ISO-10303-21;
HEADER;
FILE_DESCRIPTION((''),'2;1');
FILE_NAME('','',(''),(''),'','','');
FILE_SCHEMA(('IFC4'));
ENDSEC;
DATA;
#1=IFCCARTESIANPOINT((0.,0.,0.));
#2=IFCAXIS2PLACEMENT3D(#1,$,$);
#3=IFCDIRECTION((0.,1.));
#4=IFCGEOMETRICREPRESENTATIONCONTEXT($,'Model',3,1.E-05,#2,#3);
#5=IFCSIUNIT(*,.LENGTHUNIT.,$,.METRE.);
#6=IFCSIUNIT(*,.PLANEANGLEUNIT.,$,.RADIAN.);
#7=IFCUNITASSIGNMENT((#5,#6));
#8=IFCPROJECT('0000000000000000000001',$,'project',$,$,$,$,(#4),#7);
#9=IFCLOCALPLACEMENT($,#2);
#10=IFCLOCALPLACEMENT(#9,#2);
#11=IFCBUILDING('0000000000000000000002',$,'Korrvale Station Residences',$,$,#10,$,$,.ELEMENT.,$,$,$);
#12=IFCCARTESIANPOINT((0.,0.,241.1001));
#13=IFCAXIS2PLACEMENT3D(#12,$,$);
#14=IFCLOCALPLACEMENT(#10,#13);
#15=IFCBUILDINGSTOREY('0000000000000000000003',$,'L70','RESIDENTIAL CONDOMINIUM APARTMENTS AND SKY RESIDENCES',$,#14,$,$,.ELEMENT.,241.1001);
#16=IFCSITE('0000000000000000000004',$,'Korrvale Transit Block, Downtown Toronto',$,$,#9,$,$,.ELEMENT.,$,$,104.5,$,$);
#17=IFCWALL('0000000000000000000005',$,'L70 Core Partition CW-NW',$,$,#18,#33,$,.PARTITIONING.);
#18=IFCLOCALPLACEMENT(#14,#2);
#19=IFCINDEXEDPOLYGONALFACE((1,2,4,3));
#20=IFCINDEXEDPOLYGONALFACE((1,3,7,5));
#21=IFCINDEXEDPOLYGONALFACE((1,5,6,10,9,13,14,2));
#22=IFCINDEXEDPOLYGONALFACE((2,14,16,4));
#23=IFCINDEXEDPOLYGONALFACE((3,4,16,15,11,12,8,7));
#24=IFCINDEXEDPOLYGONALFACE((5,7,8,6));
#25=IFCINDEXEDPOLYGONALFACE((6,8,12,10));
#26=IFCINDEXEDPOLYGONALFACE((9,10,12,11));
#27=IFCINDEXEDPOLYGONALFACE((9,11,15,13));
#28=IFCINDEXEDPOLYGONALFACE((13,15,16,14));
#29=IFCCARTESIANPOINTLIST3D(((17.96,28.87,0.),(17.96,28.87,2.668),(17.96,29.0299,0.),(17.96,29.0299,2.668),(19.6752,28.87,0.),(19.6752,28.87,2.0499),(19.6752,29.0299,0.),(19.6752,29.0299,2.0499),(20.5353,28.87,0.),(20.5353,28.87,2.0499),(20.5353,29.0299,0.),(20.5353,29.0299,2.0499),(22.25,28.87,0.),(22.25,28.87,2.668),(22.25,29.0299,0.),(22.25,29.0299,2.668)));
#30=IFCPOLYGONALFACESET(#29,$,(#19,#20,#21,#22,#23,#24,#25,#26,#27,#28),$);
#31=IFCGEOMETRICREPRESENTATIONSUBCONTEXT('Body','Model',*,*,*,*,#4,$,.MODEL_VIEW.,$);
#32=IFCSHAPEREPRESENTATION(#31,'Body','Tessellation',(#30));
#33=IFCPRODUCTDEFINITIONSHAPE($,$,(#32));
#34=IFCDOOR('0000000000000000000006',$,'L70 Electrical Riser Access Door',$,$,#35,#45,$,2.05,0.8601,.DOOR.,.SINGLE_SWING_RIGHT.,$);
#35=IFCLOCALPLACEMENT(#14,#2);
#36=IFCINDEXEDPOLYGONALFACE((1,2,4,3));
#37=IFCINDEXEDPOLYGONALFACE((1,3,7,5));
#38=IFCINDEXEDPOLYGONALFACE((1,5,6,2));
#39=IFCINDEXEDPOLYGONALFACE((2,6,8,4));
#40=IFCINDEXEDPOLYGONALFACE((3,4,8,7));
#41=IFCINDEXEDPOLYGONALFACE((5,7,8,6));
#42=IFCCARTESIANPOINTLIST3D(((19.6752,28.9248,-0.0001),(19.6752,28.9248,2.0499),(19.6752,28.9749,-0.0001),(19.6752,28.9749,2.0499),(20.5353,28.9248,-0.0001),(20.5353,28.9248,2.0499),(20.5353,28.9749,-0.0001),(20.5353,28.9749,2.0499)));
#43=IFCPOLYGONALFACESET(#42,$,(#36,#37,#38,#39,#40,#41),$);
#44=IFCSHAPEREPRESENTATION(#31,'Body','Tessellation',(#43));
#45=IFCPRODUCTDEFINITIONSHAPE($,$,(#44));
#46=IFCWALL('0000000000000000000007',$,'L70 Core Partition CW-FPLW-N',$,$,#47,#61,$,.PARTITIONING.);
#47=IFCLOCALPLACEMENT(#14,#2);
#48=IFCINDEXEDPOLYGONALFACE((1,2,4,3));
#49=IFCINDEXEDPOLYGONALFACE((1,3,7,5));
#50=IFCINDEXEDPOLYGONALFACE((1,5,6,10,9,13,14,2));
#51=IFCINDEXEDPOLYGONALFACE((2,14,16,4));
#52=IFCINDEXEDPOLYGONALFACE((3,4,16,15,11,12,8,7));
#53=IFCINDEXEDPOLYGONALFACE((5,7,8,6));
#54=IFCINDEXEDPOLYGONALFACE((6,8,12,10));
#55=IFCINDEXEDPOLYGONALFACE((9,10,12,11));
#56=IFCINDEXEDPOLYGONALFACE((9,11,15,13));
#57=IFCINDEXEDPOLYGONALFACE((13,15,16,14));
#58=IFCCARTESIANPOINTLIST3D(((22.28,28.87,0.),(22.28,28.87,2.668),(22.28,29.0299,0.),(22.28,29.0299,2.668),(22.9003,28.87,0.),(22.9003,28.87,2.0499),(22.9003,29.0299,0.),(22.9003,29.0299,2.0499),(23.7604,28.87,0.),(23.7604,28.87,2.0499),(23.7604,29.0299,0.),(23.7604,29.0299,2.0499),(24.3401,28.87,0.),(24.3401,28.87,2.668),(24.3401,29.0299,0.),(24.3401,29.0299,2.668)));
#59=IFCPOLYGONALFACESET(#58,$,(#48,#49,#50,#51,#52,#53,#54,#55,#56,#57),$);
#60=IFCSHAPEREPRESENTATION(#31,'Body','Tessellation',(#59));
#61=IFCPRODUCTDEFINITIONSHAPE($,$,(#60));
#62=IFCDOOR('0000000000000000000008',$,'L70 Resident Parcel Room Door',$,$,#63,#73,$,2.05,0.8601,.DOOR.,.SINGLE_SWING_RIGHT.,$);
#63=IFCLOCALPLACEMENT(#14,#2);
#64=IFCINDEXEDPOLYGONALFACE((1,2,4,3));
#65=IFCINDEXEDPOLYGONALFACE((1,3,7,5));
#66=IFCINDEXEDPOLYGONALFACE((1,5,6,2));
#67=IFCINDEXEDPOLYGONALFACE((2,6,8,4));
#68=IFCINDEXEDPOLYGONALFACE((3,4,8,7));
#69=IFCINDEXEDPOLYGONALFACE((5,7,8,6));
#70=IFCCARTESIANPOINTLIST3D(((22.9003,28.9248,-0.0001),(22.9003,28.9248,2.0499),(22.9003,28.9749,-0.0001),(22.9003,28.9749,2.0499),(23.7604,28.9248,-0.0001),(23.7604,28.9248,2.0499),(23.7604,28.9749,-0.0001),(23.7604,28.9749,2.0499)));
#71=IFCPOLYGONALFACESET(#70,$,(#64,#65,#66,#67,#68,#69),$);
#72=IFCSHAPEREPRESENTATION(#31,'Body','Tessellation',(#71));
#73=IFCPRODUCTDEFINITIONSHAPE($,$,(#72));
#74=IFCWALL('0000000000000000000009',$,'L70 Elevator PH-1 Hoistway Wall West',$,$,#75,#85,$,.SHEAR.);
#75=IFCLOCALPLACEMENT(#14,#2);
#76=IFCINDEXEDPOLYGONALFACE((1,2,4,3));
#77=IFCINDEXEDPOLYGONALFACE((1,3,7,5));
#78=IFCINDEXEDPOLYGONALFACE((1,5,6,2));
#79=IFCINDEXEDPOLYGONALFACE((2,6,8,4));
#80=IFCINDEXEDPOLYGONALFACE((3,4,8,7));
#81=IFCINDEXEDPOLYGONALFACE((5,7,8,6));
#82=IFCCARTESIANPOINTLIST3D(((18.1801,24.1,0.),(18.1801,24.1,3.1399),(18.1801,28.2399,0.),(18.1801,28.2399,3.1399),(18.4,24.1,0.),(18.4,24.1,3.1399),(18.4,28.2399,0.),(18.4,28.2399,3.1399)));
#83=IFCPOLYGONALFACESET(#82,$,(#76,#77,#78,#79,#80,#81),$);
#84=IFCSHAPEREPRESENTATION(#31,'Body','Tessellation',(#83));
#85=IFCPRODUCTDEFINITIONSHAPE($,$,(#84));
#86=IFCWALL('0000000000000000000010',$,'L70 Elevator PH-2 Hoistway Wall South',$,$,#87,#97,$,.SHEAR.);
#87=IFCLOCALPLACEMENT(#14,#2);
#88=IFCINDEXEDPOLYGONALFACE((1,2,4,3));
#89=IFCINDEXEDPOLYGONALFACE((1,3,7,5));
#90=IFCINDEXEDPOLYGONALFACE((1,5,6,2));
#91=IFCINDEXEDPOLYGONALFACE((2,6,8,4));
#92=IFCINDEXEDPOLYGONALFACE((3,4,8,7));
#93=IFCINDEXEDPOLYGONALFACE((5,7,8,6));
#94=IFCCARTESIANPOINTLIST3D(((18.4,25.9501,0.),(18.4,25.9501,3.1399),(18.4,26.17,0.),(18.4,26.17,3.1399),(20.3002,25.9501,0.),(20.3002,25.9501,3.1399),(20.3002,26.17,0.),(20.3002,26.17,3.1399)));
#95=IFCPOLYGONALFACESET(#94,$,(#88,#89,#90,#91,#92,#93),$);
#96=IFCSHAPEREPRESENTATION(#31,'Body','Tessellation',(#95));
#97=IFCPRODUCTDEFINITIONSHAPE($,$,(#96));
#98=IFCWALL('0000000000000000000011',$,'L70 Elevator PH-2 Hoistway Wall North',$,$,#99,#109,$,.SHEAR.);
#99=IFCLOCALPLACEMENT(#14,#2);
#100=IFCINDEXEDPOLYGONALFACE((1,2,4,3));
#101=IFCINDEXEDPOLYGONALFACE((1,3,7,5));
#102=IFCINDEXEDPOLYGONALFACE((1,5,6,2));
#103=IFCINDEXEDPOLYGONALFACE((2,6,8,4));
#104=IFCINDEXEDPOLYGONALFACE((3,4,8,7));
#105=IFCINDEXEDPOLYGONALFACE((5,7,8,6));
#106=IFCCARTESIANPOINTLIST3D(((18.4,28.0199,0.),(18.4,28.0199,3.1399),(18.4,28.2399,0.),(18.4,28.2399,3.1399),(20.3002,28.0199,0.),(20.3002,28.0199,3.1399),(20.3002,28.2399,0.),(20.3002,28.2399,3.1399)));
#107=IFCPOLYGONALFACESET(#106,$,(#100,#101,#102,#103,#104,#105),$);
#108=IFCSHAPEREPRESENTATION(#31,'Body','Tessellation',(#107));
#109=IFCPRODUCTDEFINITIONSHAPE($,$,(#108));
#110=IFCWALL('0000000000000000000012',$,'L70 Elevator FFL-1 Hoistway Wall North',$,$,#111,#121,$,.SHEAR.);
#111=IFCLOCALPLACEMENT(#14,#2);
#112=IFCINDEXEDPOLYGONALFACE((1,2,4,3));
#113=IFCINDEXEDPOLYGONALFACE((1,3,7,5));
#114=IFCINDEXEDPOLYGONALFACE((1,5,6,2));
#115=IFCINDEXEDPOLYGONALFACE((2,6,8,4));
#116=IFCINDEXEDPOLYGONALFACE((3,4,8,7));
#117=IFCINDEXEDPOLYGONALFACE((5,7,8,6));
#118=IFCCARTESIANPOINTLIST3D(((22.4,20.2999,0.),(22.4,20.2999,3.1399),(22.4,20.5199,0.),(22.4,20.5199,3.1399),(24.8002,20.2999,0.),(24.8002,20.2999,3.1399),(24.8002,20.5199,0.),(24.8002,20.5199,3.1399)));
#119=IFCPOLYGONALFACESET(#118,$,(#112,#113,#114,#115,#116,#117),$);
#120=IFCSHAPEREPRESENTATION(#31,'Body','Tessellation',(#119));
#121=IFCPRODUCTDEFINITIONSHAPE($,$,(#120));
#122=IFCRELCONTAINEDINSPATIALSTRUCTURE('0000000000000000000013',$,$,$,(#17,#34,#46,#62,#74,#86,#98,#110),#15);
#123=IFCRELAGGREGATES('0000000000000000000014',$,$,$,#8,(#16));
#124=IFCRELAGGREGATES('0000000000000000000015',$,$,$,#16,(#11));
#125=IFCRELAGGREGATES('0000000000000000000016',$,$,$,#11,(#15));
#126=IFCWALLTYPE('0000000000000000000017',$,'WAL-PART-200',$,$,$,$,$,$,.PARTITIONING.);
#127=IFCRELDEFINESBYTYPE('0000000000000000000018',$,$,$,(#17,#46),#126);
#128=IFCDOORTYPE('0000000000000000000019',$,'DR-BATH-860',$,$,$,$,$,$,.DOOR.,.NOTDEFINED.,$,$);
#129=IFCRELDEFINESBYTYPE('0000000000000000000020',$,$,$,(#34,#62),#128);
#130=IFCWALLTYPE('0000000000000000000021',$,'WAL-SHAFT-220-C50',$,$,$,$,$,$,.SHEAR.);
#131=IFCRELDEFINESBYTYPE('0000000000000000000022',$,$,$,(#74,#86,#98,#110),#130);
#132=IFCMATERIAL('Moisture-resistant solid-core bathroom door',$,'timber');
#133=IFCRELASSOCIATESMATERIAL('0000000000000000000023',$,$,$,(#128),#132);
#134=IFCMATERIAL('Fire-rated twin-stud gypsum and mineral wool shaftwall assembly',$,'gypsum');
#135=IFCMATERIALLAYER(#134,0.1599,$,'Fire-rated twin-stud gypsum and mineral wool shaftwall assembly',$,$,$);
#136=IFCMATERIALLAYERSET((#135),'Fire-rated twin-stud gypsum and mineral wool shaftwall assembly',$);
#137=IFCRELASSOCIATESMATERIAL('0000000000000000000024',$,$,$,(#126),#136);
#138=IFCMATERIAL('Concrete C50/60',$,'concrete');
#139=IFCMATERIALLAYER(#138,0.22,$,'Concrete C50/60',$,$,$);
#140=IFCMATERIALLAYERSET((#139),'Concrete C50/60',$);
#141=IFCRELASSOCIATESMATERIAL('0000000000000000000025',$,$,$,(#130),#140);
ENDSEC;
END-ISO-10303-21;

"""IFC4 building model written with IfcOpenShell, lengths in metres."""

from ifc_helpers import new_model, si_unit, direction, frame, frame_2d, origin, place, context, subcontext, project, spatial, rectangle, extrude, material, layer, layer_set, type_object, element, fill, save


model = new_model("IFC4")

# Units and contexts
model_context = context("Model", 3, precision=1e-05, world=origin(), true_north=direction((0.0, 1.0)))
body_context = subcontext(model_context, "Body", "Model", "MODEL_VIEW")
ifc_project = project(units=[si_unit("LENGTHUNIT", "METRE"), si_unit("PLANEANGLEUNIT", "RADIAN")], contexts=[model_context])

# Site, building, storey
site_placement = place(None, origin())
site = spatial("IfcSite", under=ifc_project, at=site_placement, Name="Korrvale Transit Block, Downtown Toronto", CompositionType="ELEMENT", RefElevation=104.5)
building_placement = place(site_placement, origin())
building = spatial("IfcBuilding", under=site, at=building_placement, Name="Korrvale Station Residences", CompositionType="ELEMENT")
storey_placement = place(building_placement, frame((0.0, 0.0, 241.1001)))
storey = spatial("IfcBuildingStorey", under=building, at=storey_placement, Name="L70", Description="RESIDENTIAL CONDOMINIUM APARTMENTS AND SKY RESIDENCES", CompositionType="ELEMENT", Elevation=241.1001)

# Shared definitions
ifc_material_1 = material(Name="Concrete C50/60", Category="concrete")

# Shared definitions
ifc_material_2 = material(Name="Moisture-resistant solid-core bathroom door", Category="timber")
door_type_1 = type_object("IfcDoorType", Name="DR-BATH-860", OperationType="NOTDEFINED", PredefinedType="DOOR", material=ifc_material_2)

# Shared definitions
ifc_material_3 = material(Name="Fire-rated twin-stud gypsum and mineral wool shaftwall assembly", Category="gypsum")
ifc_layer_1 = layer(ifc_material_3, 0.1599, Name="Fire-rated twin-stud gypsum and mineral wool shaftwall assembly")
ifc_layer_set_1 = layer_set([ifc_layer_1], Name="Fire-rated twin-stud gypsum and mineral wool shaftwall assembly")
wall_type_1 = type_object("IfcWallType", Name="WAL-PART-200", PredefinedType="PARTITIONING", material=ifc_layer_set_1)

# Walls, openings, doors
wall_1_placement = place(storey_placement, frame((17.96, 28.95, 0.0), z_axis=(0.0, 0.0, 1.0), x_axis=(1.0, 0.0, 0.0)))
wall_1 = element("IfcWall", 1, at=wall_1_placement, inside=storey, type_object=wall_type_1, Name="L70 Core Partition CW-NW", PredefinedType="PARTITIONING", context=body_context, shape_type="SweptSolid", body=[
    extrude(rectangle(XDim=4.29, YDim=0.1599, at=frame_2d((2.145, 0.0))), origin(), (0.0, 0.0, 1.0), 2.668),
])
opening_1_placement = place(wall_1_placement, frame((1.7151, 0.0, 0.0)))
opening_1 = element("IfcOpeningElement", 2, at=opening_1_placement, cuts=wall_1, PredefinedType="OPENING", context=body_context, shape_type="SweptSolid", body=[
    extrude(rectangle(XDim=0.8601, YDim=2.05, at=frame_2d((0.4302, 1.0249))), frame((0.0, 0.0898, 0.0), z_axis=(0.0, -1.0, 0.0), x_axis=(1.0, 0.0, 0.0)), (0.0, 0.0, 1.0), 0.1799),
])
door_1_placement = place(opening_1_placement, origin())
door_1 = element("IfcDoor", 3, at=door_1_placement, inside=storey, type_object=door_type_1, Name="L70 Electrical Riser Access Door", OperationType="SINGLE_SWING_RIGHT", OverallHeight=2.05, OverallWidth=0.8601, PredefinedType="DOOR", context=body_context, shape_type="SweptSolid", body=[
    extrude(rectangle(XDim=0.8601, YDim=2.05, at=frame_2d((0.4302, 1.0249))), frame((0.0, 0.0249, 0.0), z_axis=(0.0, -1.0, 0.0), x_axis=(1.0, 0.0, 0.0)), (0.0, 0.0, 1.0), 0.05),
])
fill(opening_1, door_1)
wall_2_placement = place(storey_placement, frame((22.28, 28.95, 0.0), z_axis=(0.0, 0.0, 1.0), x_axis=(1.0, 0.0, 0.0)))
wall_2 = element("IfcWall", 4, at=wall_2_placement, inside=storey, type_object=wall_type_1, Name="L70 Core Partition CW-FPLW-N", PredefinedType="PARTITIONING", context=body_context, shape_type="SweptSolid", body=[
    extrude(rectangle(XDim=2.0601, YDim=0.1599, at=frame_2d((1.03, 0.0))), origin(), (0.0, 0.0, 1.0), 2.668),
])
opening_2_placement = place(wall_2_placement, frame((0.6201, 0.0, 0.0)))
opening_2 = element("IfcOpeningElement", 5, at=opening_2_placement, cuts=wall_2, PredefinedType="OPENING", context=body_context, shape_type="SweptSolid", body=[
    extrude(rectangle(XDim=0.8601, YDim=2.05, at=frame_2d((0.4302, 1.0249))), frame((0.0, 0.0898, 0.0), z_axis=(0.0, -1.0, 0.0), x_axis=(1.0, 0.0, 0.0)), (0.0, 0.0, 1.0), 0.1799),
])
door_2_placement = place(opening_2_placement, origin())
door_2 = element("IfcDoor", 6, at=door_2_placement, inside=storey, type_object=door_type_1, Name="L70 Resident Parcel Room Door", OperationType="SINGLE_SWING_RIGHT", OverallHeight=2.05, OverallWidth=0.8601, PredefinedType="DOOR", context=body_context, shape_type="SweptSolid", body=[
    extrude(rectangle(XDim=0.8601, YDim=2.05, at=frame_2d((0.4302, 1.0249))), frame((0.0, 0.0249, 0.0), z_axis=(0.0, -1.0, 0.0), x_axis=(1.0, 0.0, 0.0)), (0.0, 0.0, 1.0), 0.05),
])
fill(opening_2, door_2)

# Wall
ifc_layer_2 = layer(ifc_material_1, 0.22, Name="Concrete C50/60")
ifc_layer_set_2 = layer_set([ifc_layer_2], Name="Concrete C50/60")
wall_type_2 = type_object("IfcWallType", Name="WAL-SHAFT-220-C50", PredefinedType="SHEAR", material=ifc_layer_set_2)
wall_3_placement = place(storey_placement, frame((18.29, 24.1001, 0.0), z_axis=(0.0, 0.0, 1.0), x_axis=(0.0, 1.0, 0.0)))
element("IfcWall", 7, at=wall_3_placement, inside=storey, type_object=wall_type_2, Name="L70 Elevator PH-1 Hoistway Wall West", PredefinedType="SHEAR", context=body_context, shape_type="SweptSolid", body=[
    extrude(rectangle(XDim=4.1399, YDim=0.22, at=frame_2d((2.0698, 0.0))), origin(), (0.0, 0.0, 1.0), 3.1399),
])

# Walls
for number, where, z_axis, x_axis, name in (
    (8, (18.3999, 26.0601, 0.0), (0.0, 0.0, 1.0), (1.0, 0.0, 0.0), "L70 Elevator PH-2 Hoistway Wall South"),
    (9, (18.3999, 28.1299, 0.0), (0.0, 0.0, 1.0), (1.0, 0.0, 0.0), "L70 Elevator PH-2 Hoistway Wall North"),
):
    element("IfcWall", number, at=place(storey_placement, frame(where, z_axis=z_axis, x_axis=x_axis)), inside=storey, type_object=wall_type_2, Name=name, PredefinedType="SHEAR", context=body_context, shape_type="SweptSolid", body=[
        extrude(rectangle(XDim=1.9001, YDim=0.22, at=frame_2d((0.9502, 0.0))), origin(), (0.0, 0.0, 1.0), 3.1399),
    ])

# Wall
wall_4_placement = place(storey_placement, frame((22.3999, 20.4099, 0.0), z_axis=(0.0, 0.0, 1.0), x_axis=(1.0, 0.0, 0.0)))
element("IfcWall", 10, at=wall_4_placement, inside=storey, type_object=wall_type_2, Name="L70 Elevator FFL-1 Hoistway Wall North", PredefinedType="SHEAR", context=body_context, shape_type="SweptSolid", body=[
    extrude(rectangle(XDim=2.4001, YDim=0.22, at=frame_2d((1.2002, 0.0))), origin(), (0.0, 0.0, 1.0), 3.1399),
])

save(model, "model.ifc")
